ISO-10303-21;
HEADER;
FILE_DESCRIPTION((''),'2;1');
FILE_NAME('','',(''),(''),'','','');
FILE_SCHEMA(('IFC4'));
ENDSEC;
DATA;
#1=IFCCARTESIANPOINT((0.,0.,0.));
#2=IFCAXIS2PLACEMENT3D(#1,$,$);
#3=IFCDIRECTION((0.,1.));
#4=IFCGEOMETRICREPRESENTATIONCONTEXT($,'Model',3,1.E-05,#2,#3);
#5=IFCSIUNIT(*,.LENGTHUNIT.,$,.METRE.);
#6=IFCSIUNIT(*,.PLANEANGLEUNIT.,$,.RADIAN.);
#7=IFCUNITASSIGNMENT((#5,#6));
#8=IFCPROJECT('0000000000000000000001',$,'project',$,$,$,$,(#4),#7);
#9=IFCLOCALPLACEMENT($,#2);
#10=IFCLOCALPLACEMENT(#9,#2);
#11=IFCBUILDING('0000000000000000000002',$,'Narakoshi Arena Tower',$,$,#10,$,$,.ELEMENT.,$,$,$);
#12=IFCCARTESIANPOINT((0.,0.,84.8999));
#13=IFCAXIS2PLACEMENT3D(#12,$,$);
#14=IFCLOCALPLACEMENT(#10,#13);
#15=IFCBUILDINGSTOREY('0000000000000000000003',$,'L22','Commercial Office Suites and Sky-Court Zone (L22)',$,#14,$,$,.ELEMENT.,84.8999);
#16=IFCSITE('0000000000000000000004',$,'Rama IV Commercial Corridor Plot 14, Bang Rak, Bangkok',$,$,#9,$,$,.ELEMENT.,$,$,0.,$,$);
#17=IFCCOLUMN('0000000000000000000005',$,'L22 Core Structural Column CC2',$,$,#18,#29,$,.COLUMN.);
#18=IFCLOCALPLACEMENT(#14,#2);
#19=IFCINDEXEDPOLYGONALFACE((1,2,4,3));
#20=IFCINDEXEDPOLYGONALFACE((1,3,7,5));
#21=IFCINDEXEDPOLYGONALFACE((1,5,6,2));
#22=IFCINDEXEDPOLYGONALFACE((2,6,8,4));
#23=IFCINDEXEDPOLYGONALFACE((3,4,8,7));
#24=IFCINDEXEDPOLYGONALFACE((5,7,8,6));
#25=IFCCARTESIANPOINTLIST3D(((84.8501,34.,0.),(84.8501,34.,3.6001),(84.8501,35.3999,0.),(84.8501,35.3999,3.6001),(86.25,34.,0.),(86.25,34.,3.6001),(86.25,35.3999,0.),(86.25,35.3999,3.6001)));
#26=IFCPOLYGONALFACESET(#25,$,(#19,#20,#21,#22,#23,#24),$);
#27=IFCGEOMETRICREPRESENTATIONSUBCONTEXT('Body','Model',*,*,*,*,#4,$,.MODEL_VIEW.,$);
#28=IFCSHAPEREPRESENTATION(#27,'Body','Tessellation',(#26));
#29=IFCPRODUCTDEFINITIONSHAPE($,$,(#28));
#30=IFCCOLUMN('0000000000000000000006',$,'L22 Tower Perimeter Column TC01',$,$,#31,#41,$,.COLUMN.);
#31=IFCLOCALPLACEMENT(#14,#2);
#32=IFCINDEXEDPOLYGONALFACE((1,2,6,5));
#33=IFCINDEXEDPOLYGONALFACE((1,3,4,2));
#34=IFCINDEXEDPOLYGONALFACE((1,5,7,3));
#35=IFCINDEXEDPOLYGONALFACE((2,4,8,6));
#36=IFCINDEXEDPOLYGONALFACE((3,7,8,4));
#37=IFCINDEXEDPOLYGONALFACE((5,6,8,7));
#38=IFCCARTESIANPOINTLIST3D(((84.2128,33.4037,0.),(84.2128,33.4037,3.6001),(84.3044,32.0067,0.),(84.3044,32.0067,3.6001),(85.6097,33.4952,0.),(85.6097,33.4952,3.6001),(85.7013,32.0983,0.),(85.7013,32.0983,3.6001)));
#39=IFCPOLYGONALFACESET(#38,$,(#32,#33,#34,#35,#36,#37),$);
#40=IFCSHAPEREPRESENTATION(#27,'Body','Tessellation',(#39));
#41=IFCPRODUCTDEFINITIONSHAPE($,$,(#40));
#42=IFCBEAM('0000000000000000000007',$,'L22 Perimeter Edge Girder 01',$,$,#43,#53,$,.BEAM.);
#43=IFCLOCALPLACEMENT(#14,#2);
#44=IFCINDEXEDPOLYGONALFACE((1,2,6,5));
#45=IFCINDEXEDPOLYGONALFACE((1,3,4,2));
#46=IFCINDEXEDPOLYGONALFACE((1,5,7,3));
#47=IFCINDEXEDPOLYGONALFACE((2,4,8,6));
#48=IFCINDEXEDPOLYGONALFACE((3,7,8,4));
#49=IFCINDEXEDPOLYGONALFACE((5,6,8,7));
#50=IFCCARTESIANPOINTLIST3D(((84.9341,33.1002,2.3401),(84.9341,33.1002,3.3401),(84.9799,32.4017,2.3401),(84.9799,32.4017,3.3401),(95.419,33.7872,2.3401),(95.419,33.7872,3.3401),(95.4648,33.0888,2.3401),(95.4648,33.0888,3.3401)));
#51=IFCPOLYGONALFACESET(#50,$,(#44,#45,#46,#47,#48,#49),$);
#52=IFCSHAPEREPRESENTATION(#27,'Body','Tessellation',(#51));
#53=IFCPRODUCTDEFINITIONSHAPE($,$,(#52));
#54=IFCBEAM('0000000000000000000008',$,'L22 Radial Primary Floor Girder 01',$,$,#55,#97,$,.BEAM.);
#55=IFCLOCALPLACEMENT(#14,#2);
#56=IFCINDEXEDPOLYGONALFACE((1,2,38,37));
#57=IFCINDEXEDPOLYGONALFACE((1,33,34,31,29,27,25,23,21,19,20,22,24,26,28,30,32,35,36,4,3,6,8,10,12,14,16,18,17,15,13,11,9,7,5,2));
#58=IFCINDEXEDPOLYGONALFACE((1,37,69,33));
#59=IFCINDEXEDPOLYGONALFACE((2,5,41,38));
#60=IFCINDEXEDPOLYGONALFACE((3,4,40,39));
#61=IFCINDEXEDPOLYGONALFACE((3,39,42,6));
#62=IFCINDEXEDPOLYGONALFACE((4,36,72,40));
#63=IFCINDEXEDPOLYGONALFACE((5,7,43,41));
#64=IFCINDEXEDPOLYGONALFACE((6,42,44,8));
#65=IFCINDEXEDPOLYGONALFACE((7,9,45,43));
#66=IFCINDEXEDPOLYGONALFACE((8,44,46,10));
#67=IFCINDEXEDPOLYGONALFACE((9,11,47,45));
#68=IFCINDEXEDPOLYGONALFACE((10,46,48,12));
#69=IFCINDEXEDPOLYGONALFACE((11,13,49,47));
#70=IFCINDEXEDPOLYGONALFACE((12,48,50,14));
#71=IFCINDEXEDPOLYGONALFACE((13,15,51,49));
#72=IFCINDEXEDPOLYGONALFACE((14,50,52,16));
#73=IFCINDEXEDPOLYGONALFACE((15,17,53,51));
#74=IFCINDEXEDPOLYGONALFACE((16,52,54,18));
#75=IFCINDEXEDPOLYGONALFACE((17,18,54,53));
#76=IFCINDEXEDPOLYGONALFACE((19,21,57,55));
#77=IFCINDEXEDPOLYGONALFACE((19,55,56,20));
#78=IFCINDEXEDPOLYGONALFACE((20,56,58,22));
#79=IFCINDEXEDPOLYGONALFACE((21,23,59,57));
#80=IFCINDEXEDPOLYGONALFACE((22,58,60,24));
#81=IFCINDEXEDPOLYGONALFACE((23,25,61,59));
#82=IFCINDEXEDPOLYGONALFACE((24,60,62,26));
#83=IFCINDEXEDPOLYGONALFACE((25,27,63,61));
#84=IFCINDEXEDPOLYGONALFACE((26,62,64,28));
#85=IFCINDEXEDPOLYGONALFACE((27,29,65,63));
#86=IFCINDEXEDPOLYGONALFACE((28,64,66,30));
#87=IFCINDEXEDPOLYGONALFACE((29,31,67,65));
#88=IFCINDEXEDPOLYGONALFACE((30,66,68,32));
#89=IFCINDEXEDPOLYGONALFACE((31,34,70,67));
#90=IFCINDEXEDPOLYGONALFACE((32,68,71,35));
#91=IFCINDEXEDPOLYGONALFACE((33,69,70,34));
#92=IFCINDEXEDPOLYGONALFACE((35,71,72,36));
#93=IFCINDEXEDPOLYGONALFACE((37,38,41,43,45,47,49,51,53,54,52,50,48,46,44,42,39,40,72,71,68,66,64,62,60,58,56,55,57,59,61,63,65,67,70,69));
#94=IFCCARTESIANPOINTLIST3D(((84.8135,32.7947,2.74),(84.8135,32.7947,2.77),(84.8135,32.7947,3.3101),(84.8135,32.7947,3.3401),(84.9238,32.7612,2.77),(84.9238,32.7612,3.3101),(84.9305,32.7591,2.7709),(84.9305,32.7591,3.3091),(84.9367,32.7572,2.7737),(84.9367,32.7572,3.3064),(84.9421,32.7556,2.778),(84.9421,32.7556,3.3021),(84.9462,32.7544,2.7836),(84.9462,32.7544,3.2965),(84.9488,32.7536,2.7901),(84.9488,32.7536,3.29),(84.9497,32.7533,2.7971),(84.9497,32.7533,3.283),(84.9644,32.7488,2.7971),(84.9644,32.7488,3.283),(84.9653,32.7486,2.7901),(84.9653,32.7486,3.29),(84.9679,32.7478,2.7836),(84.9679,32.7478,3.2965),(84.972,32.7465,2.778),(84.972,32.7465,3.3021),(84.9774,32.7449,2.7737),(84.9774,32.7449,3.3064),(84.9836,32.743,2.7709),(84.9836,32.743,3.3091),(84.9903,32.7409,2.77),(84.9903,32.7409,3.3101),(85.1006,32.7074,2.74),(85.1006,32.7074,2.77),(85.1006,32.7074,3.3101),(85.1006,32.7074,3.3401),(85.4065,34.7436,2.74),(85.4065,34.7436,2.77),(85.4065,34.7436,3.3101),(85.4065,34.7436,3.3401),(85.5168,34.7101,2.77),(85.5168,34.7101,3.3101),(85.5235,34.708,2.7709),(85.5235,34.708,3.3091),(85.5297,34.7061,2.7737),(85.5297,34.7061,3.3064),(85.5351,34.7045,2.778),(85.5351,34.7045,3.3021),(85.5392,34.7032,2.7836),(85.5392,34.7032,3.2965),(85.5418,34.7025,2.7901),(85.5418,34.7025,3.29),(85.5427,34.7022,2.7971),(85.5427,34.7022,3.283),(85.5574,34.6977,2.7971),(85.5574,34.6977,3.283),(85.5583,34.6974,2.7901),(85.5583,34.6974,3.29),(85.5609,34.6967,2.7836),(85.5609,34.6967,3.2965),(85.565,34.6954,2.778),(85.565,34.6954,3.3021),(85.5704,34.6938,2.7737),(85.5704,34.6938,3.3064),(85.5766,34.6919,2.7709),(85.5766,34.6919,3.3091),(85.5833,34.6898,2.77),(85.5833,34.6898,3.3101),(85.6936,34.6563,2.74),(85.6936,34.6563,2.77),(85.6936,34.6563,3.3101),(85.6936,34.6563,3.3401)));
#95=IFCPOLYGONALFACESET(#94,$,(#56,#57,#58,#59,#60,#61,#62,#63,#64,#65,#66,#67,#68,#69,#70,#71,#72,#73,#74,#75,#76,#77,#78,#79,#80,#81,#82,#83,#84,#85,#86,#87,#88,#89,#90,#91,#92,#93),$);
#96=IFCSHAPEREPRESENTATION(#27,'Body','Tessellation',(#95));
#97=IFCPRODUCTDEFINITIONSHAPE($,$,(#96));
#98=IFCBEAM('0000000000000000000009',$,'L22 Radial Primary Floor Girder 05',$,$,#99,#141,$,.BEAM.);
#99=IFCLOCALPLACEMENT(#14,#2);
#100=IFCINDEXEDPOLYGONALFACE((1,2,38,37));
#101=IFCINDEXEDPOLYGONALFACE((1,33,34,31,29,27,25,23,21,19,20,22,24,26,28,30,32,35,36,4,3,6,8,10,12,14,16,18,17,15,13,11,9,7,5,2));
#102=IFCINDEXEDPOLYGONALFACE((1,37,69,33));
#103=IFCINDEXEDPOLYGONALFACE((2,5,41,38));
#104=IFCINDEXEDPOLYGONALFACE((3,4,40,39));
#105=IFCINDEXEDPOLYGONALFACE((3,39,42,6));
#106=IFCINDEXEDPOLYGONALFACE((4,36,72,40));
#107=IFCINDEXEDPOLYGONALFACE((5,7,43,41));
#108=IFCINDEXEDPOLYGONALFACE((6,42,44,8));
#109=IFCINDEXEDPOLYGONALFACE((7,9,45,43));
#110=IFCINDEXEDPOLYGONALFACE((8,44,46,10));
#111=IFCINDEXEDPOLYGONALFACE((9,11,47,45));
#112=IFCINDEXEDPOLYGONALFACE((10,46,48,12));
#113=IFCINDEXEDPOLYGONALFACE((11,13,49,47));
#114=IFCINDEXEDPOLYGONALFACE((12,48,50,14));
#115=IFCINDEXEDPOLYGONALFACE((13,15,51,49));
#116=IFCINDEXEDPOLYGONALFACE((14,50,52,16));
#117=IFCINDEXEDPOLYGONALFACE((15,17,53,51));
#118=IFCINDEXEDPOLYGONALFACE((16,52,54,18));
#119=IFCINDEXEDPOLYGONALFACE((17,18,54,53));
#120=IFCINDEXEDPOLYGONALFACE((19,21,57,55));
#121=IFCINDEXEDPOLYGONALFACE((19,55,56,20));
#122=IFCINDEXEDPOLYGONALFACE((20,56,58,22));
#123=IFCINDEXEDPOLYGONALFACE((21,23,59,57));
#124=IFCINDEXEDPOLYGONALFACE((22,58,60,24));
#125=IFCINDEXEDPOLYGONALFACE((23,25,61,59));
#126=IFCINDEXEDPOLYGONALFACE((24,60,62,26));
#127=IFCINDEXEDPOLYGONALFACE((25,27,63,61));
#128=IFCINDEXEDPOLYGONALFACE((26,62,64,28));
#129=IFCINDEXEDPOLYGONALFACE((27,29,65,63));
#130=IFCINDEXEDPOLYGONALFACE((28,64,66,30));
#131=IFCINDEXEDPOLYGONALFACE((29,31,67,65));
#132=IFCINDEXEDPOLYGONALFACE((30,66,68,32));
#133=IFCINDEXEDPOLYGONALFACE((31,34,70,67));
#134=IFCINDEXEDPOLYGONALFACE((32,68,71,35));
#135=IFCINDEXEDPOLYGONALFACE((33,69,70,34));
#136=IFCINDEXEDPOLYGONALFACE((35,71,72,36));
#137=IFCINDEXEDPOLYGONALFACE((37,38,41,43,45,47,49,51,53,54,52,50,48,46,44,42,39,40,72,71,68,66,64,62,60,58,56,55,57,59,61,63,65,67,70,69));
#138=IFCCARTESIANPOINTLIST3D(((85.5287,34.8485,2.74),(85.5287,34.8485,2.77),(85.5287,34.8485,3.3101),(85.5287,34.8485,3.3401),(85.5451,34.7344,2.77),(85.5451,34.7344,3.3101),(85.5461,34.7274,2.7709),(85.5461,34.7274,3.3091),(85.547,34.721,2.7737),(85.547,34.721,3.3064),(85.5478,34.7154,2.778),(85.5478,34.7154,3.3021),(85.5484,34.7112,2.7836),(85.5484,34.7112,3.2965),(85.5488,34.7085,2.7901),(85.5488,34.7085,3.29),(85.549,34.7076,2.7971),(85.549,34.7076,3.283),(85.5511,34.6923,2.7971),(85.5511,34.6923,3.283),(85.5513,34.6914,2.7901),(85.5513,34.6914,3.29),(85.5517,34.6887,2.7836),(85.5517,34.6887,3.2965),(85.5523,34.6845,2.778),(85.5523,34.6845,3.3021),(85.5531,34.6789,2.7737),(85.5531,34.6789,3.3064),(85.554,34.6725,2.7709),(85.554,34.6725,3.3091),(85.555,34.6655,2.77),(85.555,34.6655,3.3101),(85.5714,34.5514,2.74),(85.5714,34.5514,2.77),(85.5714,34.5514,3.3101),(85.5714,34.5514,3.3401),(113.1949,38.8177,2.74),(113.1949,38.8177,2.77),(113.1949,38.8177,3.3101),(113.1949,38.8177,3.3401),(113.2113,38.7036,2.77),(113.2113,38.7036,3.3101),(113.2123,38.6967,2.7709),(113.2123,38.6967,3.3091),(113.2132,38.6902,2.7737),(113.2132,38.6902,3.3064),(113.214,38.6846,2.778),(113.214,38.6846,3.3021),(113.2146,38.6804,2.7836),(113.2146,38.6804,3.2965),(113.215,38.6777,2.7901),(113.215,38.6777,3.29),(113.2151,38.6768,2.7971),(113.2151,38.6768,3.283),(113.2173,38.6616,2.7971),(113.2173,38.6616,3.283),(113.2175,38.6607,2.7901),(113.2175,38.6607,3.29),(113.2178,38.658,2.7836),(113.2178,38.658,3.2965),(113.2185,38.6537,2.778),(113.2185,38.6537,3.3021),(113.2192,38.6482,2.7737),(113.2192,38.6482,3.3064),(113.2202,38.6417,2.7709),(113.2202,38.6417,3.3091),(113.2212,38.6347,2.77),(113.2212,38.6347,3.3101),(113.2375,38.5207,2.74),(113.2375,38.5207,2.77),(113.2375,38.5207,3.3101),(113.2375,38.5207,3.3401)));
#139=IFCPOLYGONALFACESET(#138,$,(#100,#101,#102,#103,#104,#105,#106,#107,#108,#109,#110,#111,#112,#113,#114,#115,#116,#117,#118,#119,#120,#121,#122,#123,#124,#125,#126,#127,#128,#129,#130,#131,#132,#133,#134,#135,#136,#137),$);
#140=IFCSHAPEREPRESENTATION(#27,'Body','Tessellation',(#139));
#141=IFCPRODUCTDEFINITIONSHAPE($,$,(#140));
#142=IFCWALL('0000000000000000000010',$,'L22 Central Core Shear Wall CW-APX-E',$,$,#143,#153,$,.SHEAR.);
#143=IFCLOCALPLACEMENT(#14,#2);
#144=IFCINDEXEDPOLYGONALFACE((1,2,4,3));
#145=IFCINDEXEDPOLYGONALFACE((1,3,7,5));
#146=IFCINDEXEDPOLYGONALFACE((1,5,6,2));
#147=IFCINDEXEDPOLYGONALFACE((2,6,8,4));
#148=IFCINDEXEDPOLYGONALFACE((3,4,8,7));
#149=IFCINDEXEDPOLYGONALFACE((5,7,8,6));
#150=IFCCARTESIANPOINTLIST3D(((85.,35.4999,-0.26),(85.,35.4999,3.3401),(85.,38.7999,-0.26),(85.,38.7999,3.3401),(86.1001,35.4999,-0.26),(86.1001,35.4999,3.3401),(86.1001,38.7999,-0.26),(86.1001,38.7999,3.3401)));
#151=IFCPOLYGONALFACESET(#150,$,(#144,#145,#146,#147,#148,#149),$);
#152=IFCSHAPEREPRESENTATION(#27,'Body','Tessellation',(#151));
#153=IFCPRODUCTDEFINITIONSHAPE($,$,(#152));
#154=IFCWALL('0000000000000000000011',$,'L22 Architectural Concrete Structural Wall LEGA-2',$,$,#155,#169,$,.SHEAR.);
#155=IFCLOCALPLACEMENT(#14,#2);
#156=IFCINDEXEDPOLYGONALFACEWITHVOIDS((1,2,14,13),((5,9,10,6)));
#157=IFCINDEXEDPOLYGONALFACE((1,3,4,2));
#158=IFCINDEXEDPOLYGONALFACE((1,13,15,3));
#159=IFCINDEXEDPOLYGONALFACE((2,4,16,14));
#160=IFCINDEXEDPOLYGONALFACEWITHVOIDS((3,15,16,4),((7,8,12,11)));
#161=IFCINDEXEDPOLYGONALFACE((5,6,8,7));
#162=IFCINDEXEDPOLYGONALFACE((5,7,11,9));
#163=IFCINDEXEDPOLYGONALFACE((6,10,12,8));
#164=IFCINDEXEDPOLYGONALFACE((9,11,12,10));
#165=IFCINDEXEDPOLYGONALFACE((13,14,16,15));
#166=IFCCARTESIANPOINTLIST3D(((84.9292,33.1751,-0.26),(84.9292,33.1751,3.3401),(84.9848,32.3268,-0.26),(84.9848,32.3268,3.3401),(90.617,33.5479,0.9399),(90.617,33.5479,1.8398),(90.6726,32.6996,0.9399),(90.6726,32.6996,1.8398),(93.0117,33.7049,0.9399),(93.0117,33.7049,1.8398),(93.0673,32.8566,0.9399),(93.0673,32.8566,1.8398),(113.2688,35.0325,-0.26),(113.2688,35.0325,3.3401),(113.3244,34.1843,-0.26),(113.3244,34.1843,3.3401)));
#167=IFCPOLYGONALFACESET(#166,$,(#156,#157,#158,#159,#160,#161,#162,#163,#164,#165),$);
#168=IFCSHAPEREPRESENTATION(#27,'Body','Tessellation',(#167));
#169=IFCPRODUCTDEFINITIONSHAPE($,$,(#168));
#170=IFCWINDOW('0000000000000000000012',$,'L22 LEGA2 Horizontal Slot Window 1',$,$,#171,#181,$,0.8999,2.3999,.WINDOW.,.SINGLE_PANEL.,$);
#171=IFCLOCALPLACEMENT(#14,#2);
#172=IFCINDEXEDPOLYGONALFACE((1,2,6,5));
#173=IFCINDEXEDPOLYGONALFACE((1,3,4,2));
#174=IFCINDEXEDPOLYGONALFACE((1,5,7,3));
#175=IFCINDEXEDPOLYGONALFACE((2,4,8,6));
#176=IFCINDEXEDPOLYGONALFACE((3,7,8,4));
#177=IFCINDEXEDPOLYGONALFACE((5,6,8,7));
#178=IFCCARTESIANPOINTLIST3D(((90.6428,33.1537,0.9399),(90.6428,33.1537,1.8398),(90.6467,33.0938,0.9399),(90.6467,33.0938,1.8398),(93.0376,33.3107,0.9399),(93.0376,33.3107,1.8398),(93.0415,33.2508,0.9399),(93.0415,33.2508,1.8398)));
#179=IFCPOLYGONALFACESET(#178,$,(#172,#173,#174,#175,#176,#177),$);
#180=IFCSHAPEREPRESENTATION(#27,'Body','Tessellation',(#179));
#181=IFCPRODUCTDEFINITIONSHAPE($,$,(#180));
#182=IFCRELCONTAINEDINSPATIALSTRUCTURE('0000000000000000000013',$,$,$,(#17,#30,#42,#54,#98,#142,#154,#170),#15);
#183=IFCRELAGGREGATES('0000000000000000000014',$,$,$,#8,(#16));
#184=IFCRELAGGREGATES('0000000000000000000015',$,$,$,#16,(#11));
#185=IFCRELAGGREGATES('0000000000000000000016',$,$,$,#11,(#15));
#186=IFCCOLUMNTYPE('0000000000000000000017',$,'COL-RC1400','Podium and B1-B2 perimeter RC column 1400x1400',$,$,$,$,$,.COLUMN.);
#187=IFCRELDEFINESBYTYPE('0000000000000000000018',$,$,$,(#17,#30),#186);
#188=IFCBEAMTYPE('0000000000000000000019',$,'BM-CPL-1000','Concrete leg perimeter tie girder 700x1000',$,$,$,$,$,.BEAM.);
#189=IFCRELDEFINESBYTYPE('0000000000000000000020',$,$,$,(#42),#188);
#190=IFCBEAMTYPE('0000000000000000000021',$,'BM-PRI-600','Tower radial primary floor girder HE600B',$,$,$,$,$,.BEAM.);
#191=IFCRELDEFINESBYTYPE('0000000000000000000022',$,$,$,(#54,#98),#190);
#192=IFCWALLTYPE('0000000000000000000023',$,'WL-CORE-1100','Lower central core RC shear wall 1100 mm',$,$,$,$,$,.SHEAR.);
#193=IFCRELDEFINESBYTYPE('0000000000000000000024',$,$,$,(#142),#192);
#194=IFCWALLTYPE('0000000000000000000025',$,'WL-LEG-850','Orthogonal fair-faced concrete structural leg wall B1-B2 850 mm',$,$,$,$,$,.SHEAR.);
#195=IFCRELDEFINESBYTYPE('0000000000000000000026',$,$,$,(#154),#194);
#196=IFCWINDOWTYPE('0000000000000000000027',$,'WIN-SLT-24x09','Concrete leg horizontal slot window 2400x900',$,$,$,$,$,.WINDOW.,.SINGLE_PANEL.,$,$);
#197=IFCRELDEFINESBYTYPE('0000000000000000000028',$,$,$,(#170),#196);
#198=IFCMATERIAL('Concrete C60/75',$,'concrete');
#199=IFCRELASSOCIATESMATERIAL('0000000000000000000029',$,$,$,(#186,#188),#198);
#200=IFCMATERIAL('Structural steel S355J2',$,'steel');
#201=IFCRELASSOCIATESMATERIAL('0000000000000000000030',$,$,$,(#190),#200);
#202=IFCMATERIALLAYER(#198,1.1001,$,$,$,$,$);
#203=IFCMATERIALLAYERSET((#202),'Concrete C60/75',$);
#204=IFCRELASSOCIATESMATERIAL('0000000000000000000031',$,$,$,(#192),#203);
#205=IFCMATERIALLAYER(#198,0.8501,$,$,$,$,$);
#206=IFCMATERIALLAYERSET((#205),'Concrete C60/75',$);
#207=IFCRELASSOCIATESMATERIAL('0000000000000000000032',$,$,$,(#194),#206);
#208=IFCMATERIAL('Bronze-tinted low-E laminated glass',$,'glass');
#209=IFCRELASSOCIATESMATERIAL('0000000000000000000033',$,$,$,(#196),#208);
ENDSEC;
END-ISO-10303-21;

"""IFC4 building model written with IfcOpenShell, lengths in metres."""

from ifc_helpers import new_model, si_unit, direction, frame, frame_2d, origin, origin_2d, place, context, subcontext, project, spatial, rectangle, i_section, extrude, material, layer, layer_set, material_profile, profile_set, type_object, element, fill, save


model = new_model("IFC4")

# Units and contexts
model_context = context("Model", 3, precision=1e-05, world=origin(), true_north=direction((0.0, 1.0)))
body_context = subcontext(model_context, "Body", "Model", "MODEL_VIEW")
ifc_project = project(units=[si_unit("LENGTHUNIT", "METRE"), si_unit("PLANEANGLEUNIT", "RADIAN")], contexts=[model_context])

# Site, building, storey
site_placement = place(None, origin())
site = spatial("IfcSite", under=ifc_project, at=site_placement, Name="Rama IV Commercial Corridor Plot 14, Bang Rak, Bangkok", CompositionType="ELEMENT", RefElevation=0.0)
building_placement = place(site_placement, origin())
building = spatial("IfcBuilding", under=site, at=building_placement, Name="Narakoshi Arena Tower", CompositionType="ELEMENT")
storey_placement = place(building_placement, frame((0.0, 0.0, 84.8999)))
storey = spatial("IfcBuildingStorey", under=building, at=storey_placement, Name="L22", Description="Commercial Office Suites and Sky-Court Zone (L22)", CompositionType="ELEMENT", Elevation=84.8999)

# Columns
ifc_material_1 = material(Name="Concrete C60/75", Category="concrete")
ifc_material_profile_1 = material_profile(ifc_material_1, rectangle(XDim=1.3999, YDim=1.3999, at=origin_2d()), Name="RC1400x1400")
ifc_profile_set_1 = profile_set([ifc_material_profile_1], Name="Concrete C60/75")
column_type = type_object("IfcColumnType", Name="COL-RC1400", Description="Podium and B1-B2 perimeter RC column 1400x1400", PredefinedType="COLUMN", material=ifc_profile_set_1)
for number, where, z_axis, x_axis, name in (
    (1, (85.55, 34.7, 0.0), (0.0, 0.0, 1.0), (1.0, 0.0, 0.0), "L22 Core Structural Column CC2"),
    (2, (84.957, 32.751, 0.0), (0.0, 0.0, 1.0), (0.997859, 0.065403, 0.0), "L22 Tower Perimeter Column TC01"),
):
    element("IfcColumn", number, at=place(storey_placement, frame(where, z_axis=z_axis, x_axis=x_axis)), inside=storey, type_object=column_type, Name=name, PredefinedType="COLUMN", context=body_context, shape_type="SweptSolid", body=[
        extrude(rectangle(XDim=1.3999, YDim=1.3999, at=origin_2d()), origin(), (0.0, 0.0, 1.0), 3.6001),
    ])

# Beams
ifc_material_profile_2 = material_profile(ifc_material_1, rectangle(XDim=0.7, YDim=1.0, at=origin_2d()), Name="RCB700x1000")
ifc_profile_set_2 = profile_set([ifc_material_profile_2], Name="Concrete C60/75")
beam_type_1 = type_object("IfcBeamType", Name="BM-CPL-1000", Description="Concrete leg perimeter tie girder 700x1000", PredefinedType="BEAM", material=ifc_profile_set_2)
beam_1_placement = place(storey_placement, frame((84.957, 32.751, 2.8401), z_axis=(0.99786, 0.065384, 0.0), x_axis=(-0.065384, 0.99786, 0.0)))
element("IfcBeam", 3, at=beam_1_placement, inside=storey, type_object=beam_type_1, Name="L22 Perimeter Edge Girder 01", PredefinedType="BEAM", context=body_context, shape_type="SweptSolid", body=[
    extrude(rectangle(XDim=0.7, YDim=1.0, at=origin_2d()), origin(), (0.0, 0.0, 1.0), 10.5073),
])
ifc_material_2 = material(Name="Structural steel S355J2", Category="steel")
ifc_material_profile_3 = material_profile(ifc_material_2, i_section(OverallWidth=0.3, OverallDepth=0.6001, WebThickness=0.0154, FlangeThickness=0.03, FilletRadius=0.0271, at=origin_2d()), Name="HE600B")
ifc_profile_set_3 = profile_set([ifc_material_profile_3], Name="Structural steel S355J2")
beam_type_2 = type_object("IfcBeamType", Name="BM-PRI-600", Description="Tower radial primary floor girder HE600B", PredefinedType="BEAM", material=ifc_profile_set_3)
beam_2_placement = place(storey_placement, frame((85.55, 34.7, 3.04), z_axis=(-0.291095, -0.956694, 0.0), x_axis=(0.956694, -0.291095, 0.0)))
element("IfcBeam", 4, at=beam_2_placement, inside=storey, type_object=beam_type_2, Name="L22 Radial Primary Floor Girder 01", PredefinedType="BEAM", context=body_context, shape_type="SweptSolid", body=[
    extrude(i_section(OverallWidth=0.3, OverallDepth=0.6001, WebThickness=0.0154, FlangeThickness=0.03, FilletRadius=0.0271, at=origin_2d()), origin(), (0.0, 0.0, 1.0), 2.0371),
])
beam_3_placement = place(storey_placement, frame((85.55, 34.7, 3.04), z_axis=(0.989865, 0.142014, 0.0), x_axis=(-0.142014, 0.989865, 0.0)))
element("IfcBeam", 5, at=beam_3_placement, inside=storey, type_object=beam_type_2, Name="L22 Radial Primary Floor Girder 05", PredefinedType="BEAM", context=body_context, shape_type="SweptSolid", body=[
    extrude(i_section(OverallWidth=0.3, OverallDepth=0.6001, WebThickness=0.0154, FlangeThickness=0.03, FilletRadius=0.0271, at=origin_2d()), origin(), (0.0, 0.0, 1.0), 27.9495),
])

# Wall
ifc_layer_1 = layer(ifc_material_1, 1.1001)
ifc_layer_set_1 = layer_set([ifc_layer_1], Name="Concrete C60/75")
wall_type_1 = type_object("IfcWallType", Name="WL-CORE-1100", Description="Lower central core RC shear wall 1100 mm", PredefinedType="SHEAR", material=ifc_layer_set_1)
wall_1_placement = place(storey_placement, frame((85.55, 35.5, -0.26), z_axis=(0.0, 0.0, 1.0), x_axis=(0.0, 1.0, 0.0)))
element("IfcWall", 6, at=wall_1_placement, inside=storey, type_object=wall_type_1, Name="L22 Central Core Shear Wall CW-APX-E", PredefinedType="SHEAR", context=body_context, shape_type="SweptSolid", body=[
    extrude(rectangle(XDim=3.3, YDim=1.1001, at=frame_2d((1.6499, 0.0))), origin(), (0.0, 0.0, 1.0), 3.6001),
])

# Wall, opening, window
ifc_layer_2 = layer(ifc_material_1, 0.8501)
ifc_layer_set_2 = layer_set([ifc_layer_2], Name="Concrete C60/75")
wall_type_2 = type_object("IfcWallType", Name="WL-LEG-850", Description="Orthogonal fair-faced concrete structural leg wall B1-B2 850 mm", PredefinedType="SHEAR", material=ifc_layer_set_2)
wall_2_placement = place(storey_placement, frame((84.957, 32.751, -0.26), z_axis=(0.0, 0.0, 1.0), x_axis=(0.997859, 0.065401, 0.0)))
wall_2 = element("IfcWall", 7, at=wall_2_placement, inside=storey, type_object=wall_type_2, Name="L22 Architectural Concrete Structural Wall LEGA-2", PredefinedType="SHEAR", context=body_context, shape_type="SweptSolid", body=[
    extrude(rectangle(XDim=28.4004, YDim=0.8501, at=frame_2d((14.2002, 0.0))), origin(), (0.0, 0.0, 1.0), 3.6001),
])
opening_1_placement = place(wall_2_placement, frame((5.7, 0.0, 1.2)))
opening_1 = element("IfcOpeningElement", 8, at=opening_1_placement, cuts=wall_2, PredefinedType="OPENING", context=body_context, shape_type="SweptSolid", body=[
    extrude(rectangle(XDim=2.3999, YDim=0.8999, at=frame_2d((1.2, 0.45))), frame((0.0, 0.4351, 0.0), z_axis=(0.0, -1.0, 0.0), x_axis=(1.0, 0.0, 0.0)), (0.0, 0.0, 1.0), 0.8701),
])
ifc_material_3 = material(Name="Bronze-tinted low-E laminated glass", Category="glass")
window_type = type_object("IfcWindowType", Name="WIN-SLT-24x09", Description="Concrete leg horizontal slot window 2400x900", PartitioningType="SINGLE_PANEL", PredefinedType="WINDOW", material=ifc_material_3)
window_placement = place(opening_1_placement, origin())
window = element("IfcWindow", 9, at=window_placement, inside=storey, type_object=window_type, Name="L22 LEGA2 Horizontal Slot Window 1", OverallHeight=0.8999, OverallWidth=2.3999, PartitioningType="SINGLE_PANEL", PredefinedType="WINDOW", context=body_context, shape_type="SweptSolid", body=[
    extrude(rectangle(XDim=2.3999, YDim=0.8999, at=frame_2d((1.2, 0.45))), frame((0.0, 0.03, 0.0), z_axis=(0.0, -1.0, 0.0), x_axis=(1.0, 0.0, 0.0)), (0.0, 0.0, 1.0), 0.0601),
])
fill(opening_1, window)

save(model, "model.ifc")
